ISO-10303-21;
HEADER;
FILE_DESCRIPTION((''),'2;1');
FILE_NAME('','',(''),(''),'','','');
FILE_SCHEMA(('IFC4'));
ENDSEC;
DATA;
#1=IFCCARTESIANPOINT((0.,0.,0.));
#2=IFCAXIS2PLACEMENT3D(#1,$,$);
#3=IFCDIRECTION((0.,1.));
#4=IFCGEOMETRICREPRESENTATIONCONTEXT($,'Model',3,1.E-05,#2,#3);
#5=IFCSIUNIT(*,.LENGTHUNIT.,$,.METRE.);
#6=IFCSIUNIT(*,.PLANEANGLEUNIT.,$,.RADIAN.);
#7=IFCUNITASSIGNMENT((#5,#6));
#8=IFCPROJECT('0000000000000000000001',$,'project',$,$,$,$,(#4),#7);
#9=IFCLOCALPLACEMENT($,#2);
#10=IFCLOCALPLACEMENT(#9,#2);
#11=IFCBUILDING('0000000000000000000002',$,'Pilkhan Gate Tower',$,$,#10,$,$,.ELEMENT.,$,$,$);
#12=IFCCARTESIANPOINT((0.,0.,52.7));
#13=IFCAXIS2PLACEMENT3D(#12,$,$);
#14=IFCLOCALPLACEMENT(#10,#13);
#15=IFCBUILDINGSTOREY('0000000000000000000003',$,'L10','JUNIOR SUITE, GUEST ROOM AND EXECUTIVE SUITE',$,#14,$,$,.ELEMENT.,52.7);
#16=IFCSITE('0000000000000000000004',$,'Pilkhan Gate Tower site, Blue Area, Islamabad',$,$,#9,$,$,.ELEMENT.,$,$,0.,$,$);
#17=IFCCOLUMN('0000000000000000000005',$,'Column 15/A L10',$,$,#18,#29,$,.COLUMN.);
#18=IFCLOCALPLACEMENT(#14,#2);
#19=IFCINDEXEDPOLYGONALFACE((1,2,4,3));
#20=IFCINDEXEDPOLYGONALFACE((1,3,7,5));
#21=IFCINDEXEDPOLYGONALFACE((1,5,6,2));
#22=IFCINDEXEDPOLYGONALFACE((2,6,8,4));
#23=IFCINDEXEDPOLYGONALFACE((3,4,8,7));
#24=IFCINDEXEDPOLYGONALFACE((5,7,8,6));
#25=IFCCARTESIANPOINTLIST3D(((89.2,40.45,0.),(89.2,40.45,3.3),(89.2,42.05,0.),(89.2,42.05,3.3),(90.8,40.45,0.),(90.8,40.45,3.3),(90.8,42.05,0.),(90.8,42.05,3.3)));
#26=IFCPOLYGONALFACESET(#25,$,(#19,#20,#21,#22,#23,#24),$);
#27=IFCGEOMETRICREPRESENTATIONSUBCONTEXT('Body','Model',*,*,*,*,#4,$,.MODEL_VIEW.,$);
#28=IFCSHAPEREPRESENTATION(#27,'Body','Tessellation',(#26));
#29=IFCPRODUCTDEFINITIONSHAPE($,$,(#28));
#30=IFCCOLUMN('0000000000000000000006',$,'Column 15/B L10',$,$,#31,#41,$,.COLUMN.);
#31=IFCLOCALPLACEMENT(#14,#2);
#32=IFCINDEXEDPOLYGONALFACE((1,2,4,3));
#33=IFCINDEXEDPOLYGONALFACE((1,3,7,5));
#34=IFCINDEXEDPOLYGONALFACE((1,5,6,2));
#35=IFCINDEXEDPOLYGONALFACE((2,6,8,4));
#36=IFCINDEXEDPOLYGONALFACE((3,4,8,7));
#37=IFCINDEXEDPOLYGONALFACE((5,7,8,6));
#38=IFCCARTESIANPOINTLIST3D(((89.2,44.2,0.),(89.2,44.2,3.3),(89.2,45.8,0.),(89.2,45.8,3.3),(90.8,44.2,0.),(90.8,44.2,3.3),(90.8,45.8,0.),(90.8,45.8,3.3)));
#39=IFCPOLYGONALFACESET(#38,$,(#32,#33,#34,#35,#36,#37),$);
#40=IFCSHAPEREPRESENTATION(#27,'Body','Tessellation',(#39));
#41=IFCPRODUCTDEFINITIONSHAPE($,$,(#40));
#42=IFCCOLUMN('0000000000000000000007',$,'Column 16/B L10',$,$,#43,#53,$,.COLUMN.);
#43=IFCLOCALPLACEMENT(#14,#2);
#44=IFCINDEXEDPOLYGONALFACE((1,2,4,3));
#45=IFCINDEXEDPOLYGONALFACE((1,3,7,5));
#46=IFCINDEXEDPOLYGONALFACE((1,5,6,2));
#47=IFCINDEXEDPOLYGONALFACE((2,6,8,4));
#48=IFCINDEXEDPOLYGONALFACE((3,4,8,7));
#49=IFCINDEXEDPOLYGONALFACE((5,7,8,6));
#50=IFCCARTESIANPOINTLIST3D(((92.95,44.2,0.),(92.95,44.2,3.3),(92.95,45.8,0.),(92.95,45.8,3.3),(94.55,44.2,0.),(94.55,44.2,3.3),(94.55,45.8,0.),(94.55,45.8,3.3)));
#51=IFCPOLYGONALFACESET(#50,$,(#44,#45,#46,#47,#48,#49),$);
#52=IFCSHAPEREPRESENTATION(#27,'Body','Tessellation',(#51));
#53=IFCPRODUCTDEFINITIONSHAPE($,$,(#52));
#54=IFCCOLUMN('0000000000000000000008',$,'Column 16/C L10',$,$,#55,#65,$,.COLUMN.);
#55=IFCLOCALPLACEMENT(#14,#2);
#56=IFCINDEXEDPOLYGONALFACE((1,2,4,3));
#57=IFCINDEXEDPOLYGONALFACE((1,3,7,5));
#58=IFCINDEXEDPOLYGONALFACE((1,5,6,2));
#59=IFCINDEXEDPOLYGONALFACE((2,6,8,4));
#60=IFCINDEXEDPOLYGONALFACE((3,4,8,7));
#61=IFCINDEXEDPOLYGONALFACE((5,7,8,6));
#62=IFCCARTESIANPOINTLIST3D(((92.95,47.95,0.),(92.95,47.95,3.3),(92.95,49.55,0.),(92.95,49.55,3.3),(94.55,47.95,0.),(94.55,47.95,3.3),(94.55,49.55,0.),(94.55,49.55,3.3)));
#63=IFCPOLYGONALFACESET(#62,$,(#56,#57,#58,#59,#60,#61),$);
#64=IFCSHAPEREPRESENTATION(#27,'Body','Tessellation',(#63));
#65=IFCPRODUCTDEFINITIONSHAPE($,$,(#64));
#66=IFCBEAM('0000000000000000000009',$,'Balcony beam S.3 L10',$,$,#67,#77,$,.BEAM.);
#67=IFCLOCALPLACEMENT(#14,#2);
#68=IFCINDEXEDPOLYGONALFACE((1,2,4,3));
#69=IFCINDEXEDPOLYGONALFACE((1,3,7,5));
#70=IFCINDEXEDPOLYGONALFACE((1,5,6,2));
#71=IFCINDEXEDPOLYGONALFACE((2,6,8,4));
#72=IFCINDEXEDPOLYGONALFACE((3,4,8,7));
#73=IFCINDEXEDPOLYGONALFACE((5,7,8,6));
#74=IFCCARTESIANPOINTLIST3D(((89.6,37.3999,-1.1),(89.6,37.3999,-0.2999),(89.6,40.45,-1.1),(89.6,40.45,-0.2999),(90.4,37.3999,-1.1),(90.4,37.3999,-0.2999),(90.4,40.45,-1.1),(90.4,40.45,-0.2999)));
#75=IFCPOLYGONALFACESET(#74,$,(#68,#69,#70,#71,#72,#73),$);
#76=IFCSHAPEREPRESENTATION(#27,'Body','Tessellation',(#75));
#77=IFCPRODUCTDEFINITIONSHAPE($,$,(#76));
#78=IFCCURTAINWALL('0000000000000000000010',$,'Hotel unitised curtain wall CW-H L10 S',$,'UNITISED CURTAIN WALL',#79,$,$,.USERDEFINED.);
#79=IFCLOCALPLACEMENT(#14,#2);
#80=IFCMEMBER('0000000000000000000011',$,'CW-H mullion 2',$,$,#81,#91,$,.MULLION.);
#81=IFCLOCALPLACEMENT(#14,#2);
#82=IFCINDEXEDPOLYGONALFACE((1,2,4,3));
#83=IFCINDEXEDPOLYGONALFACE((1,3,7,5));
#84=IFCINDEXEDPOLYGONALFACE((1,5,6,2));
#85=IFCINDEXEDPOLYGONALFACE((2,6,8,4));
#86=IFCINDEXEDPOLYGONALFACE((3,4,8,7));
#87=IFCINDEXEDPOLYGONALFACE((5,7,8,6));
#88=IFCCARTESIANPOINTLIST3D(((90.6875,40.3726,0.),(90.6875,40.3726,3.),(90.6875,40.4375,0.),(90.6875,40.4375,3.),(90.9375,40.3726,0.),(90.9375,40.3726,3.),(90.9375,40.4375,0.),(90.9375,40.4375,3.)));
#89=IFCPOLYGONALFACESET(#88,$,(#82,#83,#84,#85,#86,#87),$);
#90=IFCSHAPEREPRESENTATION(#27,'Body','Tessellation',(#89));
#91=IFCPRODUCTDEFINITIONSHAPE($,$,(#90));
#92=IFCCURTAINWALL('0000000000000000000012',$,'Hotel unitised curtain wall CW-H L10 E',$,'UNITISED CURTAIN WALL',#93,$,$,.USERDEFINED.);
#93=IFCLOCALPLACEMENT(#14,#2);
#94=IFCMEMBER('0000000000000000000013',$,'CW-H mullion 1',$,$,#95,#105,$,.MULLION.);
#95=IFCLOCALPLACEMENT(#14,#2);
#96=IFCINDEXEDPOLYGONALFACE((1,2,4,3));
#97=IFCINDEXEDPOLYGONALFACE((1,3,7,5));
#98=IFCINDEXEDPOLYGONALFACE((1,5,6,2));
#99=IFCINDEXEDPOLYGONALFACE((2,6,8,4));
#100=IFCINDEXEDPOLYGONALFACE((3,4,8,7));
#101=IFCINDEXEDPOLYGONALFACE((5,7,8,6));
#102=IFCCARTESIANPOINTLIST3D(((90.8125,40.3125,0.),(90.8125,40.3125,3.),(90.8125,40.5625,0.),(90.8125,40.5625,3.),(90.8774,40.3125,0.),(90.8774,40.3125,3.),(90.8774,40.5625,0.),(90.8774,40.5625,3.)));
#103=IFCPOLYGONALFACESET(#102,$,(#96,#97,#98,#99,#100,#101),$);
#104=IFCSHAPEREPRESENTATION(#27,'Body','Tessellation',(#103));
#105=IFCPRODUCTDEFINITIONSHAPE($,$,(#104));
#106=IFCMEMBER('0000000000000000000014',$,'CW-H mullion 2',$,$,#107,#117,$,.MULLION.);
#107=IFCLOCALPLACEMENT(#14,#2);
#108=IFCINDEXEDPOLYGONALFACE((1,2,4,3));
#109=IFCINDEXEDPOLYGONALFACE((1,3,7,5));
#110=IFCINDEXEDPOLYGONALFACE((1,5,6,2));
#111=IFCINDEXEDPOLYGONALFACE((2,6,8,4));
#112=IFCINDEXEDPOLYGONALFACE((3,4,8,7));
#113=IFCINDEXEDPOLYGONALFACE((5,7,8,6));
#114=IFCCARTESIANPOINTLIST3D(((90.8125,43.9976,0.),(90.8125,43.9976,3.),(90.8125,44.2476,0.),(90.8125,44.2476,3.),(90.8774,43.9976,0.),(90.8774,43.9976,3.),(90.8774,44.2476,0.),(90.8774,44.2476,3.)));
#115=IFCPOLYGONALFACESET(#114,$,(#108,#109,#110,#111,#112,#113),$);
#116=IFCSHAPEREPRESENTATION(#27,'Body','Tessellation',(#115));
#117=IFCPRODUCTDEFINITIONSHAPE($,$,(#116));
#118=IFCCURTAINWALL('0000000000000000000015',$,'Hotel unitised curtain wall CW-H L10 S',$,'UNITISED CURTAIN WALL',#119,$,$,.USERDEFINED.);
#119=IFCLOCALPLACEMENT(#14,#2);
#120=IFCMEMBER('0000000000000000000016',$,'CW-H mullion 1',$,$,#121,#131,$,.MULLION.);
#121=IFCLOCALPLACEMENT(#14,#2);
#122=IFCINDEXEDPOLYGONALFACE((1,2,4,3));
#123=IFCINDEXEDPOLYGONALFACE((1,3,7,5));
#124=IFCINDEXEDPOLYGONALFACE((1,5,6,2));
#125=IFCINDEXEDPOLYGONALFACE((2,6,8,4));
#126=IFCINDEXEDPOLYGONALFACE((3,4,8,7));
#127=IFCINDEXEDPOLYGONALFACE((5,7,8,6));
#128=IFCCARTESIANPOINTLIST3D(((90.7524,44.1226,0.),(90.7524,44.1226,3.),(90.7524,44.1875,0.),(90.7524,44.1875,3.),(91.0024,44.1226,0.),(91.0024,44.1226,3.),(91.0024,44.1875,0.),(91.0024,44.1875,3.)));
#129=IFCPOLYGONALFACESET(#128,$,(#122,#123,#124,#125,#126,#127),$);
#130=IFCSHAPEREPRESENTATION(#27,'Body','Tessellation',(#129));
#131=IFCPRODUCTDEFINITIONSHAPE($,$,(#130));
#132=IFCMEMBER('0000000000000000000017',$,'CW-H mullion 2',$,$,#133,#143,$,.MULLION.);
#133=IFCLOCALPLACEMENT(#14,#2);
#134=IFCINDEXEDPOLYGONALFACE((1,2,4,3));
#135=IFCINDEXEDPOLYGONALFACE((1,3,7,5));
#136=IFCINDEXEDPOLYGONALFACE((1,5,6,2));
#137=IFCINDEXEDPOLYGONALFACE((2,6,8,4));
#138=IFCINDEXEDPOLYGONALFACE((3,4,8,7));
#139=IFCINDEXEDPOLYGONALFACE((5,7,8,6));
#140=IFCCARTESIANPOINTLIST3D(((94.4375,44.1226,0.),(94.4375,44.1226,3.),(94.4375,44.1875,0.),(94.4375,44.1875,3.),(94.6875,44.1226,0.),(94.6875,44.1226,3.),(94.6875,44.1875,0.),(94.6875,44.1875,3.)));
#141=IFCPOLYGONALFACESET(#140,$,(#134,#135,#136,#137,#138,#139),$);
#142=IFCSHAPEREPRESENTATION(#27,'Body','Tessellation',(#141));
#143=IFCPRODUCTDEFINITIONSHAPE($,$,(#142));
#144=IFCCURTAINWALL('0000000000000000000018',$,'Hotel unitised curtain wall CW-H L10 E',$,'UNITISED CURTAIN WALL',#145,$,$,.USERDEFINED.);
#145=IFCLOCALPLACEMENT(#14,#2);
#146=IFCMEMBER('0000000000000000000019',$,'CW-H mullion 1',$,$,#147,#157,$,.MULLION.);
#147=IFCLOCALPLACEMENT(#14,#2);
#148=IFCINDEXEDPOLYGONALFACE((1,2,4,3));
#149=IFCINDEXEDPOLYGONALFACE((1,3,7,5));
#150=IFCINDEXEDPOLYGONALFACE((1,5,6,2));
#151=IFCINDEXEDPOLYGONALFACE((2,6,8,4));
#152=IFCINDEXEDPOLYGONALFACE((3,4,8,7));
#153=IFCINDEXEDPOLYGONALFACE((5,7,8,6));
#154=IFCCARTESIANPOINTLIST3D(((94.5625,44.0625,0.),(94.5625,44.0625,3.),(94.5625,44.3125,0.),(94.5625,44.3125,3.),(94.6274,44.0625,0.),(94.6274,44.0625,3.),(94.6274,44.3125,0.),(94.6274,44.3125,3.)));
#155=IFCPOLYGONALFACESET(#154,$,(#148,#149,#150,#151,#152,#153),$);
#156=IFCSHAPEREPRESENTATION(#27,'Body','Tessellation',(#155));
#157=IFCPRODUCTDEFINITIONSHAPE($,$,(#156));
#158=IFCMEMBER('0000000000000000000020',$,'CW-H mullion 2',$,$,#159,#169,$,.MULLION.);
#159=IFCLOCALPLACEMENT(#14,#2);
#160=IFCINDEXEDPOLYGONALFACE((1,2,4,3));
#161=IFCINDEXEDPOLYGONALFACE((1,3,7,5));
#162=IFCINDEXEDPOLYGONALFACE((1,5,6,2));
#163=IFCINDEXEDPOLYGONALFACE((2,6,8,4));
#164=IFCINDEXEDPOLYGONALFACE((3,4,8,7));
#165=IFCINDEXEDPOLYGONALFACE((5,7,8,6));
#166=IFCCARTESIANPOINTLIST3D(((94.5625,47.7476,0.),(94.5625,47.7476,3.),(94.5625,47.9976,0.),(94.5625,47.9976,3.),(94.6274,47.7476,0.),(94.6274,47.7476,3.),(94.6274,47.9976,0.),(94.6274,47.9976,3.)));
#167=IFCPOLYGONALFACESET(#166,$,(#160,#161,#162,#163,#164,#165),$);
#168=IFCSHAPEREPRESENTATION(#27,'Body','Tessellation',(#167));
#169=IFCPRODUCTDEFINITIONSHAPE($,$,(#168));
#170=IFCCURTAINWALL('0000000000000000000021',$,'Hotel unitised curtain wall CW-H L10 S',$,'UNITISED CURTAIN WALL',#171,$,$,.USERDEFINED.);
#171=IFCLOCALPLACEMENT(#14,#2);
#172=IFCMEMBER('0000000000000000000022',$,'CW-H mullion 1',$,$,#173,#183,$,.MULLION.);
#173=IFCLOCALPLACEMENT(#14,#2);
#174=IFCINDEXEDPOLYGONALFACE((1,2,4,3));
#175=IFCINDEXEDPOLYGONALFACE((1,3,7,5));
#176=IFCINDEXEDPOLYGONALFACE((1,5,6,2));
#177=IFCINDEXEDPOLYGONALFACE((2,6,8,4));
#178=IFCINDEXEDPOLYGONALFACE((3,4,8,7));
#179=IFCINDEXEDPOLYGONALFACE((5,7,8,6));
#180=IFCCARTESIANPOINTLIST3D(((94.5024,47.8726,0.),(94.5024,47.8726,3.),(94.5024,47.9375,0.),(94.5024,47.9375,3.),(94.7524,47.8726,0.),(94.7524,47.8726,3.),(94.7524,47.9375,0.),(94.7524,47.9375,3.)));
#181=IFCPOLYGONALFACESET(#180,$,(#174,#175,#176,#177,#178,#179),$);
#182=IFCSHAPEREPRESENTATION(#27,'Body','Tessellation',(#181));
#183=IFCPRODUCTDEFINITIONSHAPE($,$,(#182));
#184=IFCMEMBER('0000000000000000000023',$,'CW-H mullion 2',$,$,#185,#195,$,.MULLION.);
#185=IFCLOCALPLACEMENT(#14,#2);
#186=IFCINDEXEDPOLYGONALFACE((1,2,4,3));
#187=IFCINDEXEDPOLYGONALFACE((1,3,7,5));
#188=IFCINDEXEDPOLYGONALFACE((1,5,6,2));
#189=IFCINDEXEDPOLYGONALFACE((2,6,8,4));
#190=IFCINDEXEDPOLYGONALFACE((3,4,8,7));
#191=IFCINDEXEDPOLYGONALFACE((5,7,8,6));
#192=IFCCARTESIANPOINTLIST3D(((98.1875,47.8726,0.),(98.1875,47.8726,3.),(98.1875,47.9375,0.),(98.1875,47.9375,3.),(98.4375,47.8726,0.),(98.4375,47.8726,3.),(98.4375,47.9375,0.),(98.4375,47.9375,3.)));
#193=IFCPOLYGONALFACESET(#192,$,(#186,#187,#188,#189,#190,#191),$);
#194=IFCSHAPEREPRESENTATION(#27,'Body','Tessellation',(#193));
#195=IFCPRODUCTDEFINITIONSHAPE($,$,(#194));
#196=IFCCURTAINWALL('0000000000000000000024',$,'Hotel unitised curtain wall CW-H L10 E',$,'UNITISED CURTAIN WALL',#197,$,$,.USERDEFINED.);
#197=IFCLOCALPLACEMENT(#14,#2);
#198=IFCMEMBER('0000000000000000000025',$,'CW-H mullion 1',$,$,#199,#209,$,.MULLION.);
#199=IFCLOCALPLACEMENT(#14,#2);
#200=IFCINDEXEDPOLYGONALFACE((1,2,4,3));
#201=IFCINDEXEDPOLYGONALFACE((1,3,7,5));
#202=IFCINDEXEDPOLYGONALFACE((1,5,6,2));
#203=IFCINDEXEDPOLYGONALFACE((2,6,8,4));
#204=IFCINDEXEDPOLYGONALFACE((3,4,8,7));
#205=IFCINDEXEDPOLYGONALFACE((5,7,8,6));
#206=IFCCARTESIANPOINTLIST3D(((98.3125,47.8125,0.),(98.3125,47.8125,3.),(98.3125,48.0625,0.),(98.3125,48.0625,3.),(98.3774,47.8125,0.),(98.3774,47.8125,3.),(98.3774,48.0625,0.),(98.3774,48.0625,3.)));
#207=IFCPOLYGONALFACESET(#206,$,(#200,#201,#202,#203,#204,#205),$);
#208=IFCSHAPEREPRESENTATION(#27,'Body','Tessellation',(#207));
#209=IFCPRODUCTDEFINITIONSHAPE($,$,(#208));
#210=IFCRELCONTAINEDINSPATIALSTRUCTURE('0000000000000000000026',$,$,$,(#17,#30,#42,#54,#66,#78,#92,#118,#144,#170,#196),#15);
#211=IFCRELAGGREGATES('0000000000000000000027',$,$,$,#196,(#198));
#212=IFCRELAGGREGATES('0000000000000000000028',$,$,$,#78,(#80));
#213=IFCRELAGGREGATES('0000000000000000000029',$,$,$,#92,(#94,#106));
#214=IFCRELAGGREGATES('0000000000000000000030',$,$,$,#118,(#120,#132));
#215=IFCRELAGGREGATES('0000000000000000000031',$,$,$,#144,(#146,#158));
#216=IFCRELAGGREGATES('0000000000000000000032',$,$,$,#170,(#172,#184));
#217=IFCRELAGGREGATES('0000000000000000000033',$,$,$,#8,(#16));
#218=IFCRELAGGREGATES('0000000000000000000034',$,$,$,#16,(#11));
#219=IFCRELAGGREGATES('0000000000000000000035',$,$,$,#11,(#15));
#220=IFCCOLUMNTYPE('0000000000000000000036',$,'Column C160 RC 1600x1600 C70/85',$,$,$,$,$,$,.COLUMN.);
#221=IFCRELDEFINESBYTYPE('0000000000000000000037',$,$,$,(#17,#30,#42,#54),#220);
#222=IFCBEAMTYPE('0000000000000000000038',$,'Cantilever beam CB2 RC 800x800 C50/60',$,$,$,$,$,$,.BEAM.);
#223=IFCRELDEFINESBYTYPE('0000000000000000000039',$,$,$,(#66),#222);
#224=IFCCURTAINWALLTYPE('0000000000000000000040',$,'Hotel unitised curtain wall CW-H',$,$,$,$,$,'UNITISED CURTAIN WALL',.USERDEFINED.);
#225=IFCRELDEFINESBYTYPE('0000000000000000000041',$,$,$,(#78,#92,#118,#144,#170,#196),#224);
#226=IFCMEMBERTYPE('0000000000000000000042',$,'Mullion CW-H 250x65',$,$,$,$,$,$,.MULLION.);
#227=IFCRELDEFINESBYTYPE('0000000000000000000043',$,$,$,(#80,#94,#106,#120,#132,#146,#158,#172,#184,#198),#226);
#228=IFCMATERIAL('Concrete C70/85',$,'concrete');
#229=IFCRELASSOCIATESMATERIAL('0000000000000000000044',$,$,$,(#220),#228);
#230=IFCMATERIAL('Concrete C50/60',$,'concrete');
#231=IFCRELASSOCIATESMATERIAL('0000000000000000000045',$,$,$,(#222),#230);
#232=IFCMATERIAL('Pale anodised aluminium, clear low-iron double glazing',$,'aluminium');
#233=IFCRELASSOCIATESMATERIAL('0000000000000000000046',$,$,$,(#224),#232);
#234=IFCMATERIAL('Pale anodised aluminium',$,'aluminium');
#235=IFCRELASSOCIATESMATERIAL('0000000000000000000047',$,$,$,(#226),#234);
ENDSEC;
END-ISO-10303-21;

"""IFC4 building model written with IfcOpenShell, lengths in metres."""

from ifc_helpers import new_model, si_unit, direction, frame, origin, origin_2d, place, context, subcontext, project, spatial, rectangle, extrude, material, material_profile, profile_set, type_object, element, aggregate, save


model = new_model("IFC4")

# Units and contexts
model_context = context("Model", 3, precision=1e-05, world=origin(), true_north=direction((0.0, 1.0)))
body_context = subcontext(model_context, "Body", "Model", "MODEL_VIEW")
ifc_project = project(units=[si_unit("LENGTHUNIT", "METRE"), si_unit("PLANEANGLEUNIT", "RADIAN")], contexts=[model_context])

# Site, building, storey
site_placement = place(None, origin())
site = spatial("IfcSite", under=ifc_project, at=site_placement, Name="Pilkhan Gate Tower site, Blue Area, Islamabad", CompositionType="ELEMENT", RefElevation=0.0)
building_placement = place(site_placement, origin())
building = spatial("IfcBuilding", under=site, at=building_placement, Name="Pilkhan Gate Tower", CompositionType="ELEMENT")
storey_placement = place(building_placement, frame((0.0, 0.0, 52.7)))
storey = spatial("IfcBuildingStorey", under=building, at=storey_placement, Name="L10", Description="JUNIOR SUITE, GUEST ROOM AND EXECUTIVE SUITE", CompositionType="ELEMENT", Elevation=52.7)

# Columns
ifc_material_1 = material(Name="Concrete C70/85", Category="concrete")
ifc_material_profile_1 = material_profile(ifc_material_1, rectangle(XDim=1.6001, YDim=1.6001, at=origin_2d()), Name="RC 1600x1600")
ifc_profile_set_1 = profile_set([ifc_material_profile_1], Name="Concrete C70/85")
column_type = type_object("IfcColumnType", Name="Column C160 RC 1600x1600 C70/85", PredefinedType="COLUMN", material=ifc_profile_set_1)
for number, where, z_axis, x_axis, name in (
    (1, (90.0, 41.25, 0.0), (0.0, 0.0, 1.0), (1.0, 0.0, 0.0), "Column 15/A L10"),
    (2, (90.0, 45.0, 0.0), (0.0, 0.0, 1.0), (1.0, 0.0, 0.0), "Column 15/B L10"),
    (3, (93.75, 45.0, 0.0), (0.0, 0.0, 1.0), (1.0, 0.0, 0.0), "Column 16/B L10"),
    (4, (93.75, 48.75, 0.0), (0.0, 0.0, 1.0), (1.0, 0.0, 0.0), "Column 16/C L10"),
):
    element("IfcColumn", number, at=place(storey_placement, frame(where, z_axis=z_axis, x_axis=x_axis)), inside=storey, type_object=column_type, Name=name, PredefinedType="COLUMN", context=body_context, shape_type="SweptSolid", body=[
        extrude(rectangle(XDim=1.6001, YDim=1.6001, at=origin_2d()), origin(), (0.0, 0.0, 1.0), 3.3),
    ])

# Beam
ifc_material_2 = material(Name="Concrete C50/60", Category="concrete")
ifc_material_profile_2 = material_profile(ifc_material_2, rectangle(XDim=0.8, YDim=0.8, at=origin_2d()), Name="RC 800x800")
ifc_profile_set_2 = profile_set([ifc_material_profile_2], Name="Concrete C50/60")
beam_type = type_object("IfcBeamType", Name="Cantilever beam CB2 RC 800x800 C50/60", PredefinedType="BEAM", material=ifc_profile_set_2)
beam_placement = place(storey_placement, frame((90.0, 40.45, -0.7), z_axis=(0.0, -1.0, 0.0), x_axis=(1.0, 0.0, 0.0)))
element("IfcBeam", 5, at=beam_placement, inside=storey, type_object=beam_type, Name="Balcony beam S.3 L10", PredefinedType="BEAM", context=body_context, shape_type="SweptSolid", body=[
    extrude(rectangle(XDim=0.8, YDim=0.8, at=origin_2d()), origin(), (0.0, 0.0, 1.0), 3.05),
])

# Curtain wall, member
ifc_material_3 = material(Name="Pale anodised aluminium, clear low-iron double glazing", Category="aluminium")
curtain_wall_type = type_object("IfcCurtainWallType", Name="Hotel unitised curtain wall CW-H", ElementType="UNITISED CURTAIN WALL", PredefinedType="USERDEFINED", material=ifc_material_3)
curtain_wall_1_placement = place(storey_placement, origin())
curtain_wall_1 = element("IfcCurtainWall", 6, at=curtain_wall_1_placement, inside=storey, type_object=curtain_wall_type, Name="Hotel unitised curtain wall CW-H L10 S", ObjectType="UNITISED CURTAIN WALL", PredefinedType="USERDEFINED")
ifc_material_4 = material(Name="Pale anodised aluminium", Category="aluminium")
ifc_material_profile_3 = material_profile(ifc_material_4, rectangle(XDim=0.0649, YDim=0.25, at=origin_2d()), Name="Mullion 250x65")
ifc_profile_set_3 = profile_set([ifc_material_profile_3], Name="Pale anodised aluminium")
member_type_1 = type_object("IfcMemberType", Name="Mullion CW-H 250x65", PredefinedType="MULLION", material=ifc_profile_set_3)
member_1_placement = place(storey_placement, frame((90.8125, 40.405, 0.0), z_axis=(0.0, 0.0, 1.0), x_axis=(0.0, 1.0, 0.0)))
member_1 = element("IfcMember", 7, at=member_1_placement, type_object=member_type_1, Name="CW-H mullion 2", PredefinedType="MULLION", context=body_context, shape_type="SweptSolid", body=[
    extrude(rectangle(XDim=0.0649, YDim=0.25, at=origin_2d()), origin(), (0.0, 0.0, 1.0), 3.0),
])

# Curtain walls, members
curtain_wall_2_placement = place(storey_placement, origin())
curtain_wall_2 = element("IfcCurtainWall", 8, at=curtain_wall_2_placement, inside=storey, type_object=curtain_wall_type, Name="Hotel unitised curtain wall CW-H L10 E", ObjectType="UNITISED CURTAIN WALL", PredefinedType="USERDEFINED")
member_2_placement = place(storey_placement, frame((90.845, 40.4375, 0.0), z_axis=(0.0, 0.0, 1.0), x_axis=(-1.0, 0.0, 0.0)))
member_2 = element("IfcMember", 9, at=member_2_placement, type_object=member_type_1, Name="CW-H mullion 1", PredefinedType="MULLION", context=body_context, shape_type="SweptSolid", body=[
    extrude(rectangle(XDim=0.0649, YDim=0.25, at=origin_2d()), origin(), (0.0, 0.0, 1.0), 3.0),
])
member_3_placement = place(storey_placement, frame((90.845, 44.1226, 0.0), z_axis=(0.0, 0.0, 1.0), x_axis=(-1.0, 0.0, 0.0)))
member_3 = element("IfcMember", 10, at=member_3_placement, type_object=member_type_1, Name="CW-H mullion 2", PredefinedType="MULLION", context=body_context, shape_type="SweptSolid", body=[
    extrude(rectangle(XDim=0.0649, YDim=0.25, at=origin_2d()), origin(), (0.0, 0.0, 1.0), 3.0),
])
curtain_wall_3_placement = place(storey_placement, origin())
curtain_wall_3 = element("IfcCurtainWall", 11, at=curtain_wall_3_placement, inside=storey, type_object=curtain_wall_type, Name="Hotel unitised curtain wall CW-H L10 S", ObjectType="UNITISED CURTAIN WALL", PredefinedType="USERDEFINED")
member_4_placement = place(storey_placement, frame((90.8774, 44.155, 0.0), z_axis=(0.0, 0.0, 1.0), x_axis=(0.0, 1.0, 0.0)))
member_4 = element("IfcMember", 12, at=member_4_placement, type_object=member_type_1, Name="CW-H mullion 1", PredefinedType="MULLION", context=body_context, shape_type="SweptSolid", body=[
    extrude(rectangle(XDim=0.0649, YDim=0.25, at=origin_2d()), origin(), (0.0, 0.0, 1.0), 3.0),
])
member_5_placement = place(storey_placement, frame((94.5625, 44.155, 0.0), z_axis=(0.0, 0.0, 1.0), x_axis=(0.0, 1.0, 0.0)))
member_5 = element("IfcMember", 13, at=member_5_placement, type_object=member_type_1, Name="CW-H mullion 2", PredefinedType="MULLION", context=body_context, shape_type="SweptSolid", body=[
    extrude(rectangle(XDim=0.0649, YDim=0.25, at=origin_2d()), origin(), (0.0, 0.0, 1.0), 3.0),
])
curtain_wall_4_placement = place(storey_placement, origin())
curtain_wall_4 = element("IfcCurtainWall", 14, at=curtain_wall_4_placement, inside=storey, type_object=curtain_wall_type, Name="Hotel unitised curtain wall CW-H L10 E", ObjectType="UNITISED CURTAIN WALL", PredefinedType="USERDEFINED")
member_6_placement = place(storey_placement, frame((94.595, 44.1875, 0.0), z_axis=(0.0, 0.0, 1.0), x_axis=(-1.0, 0.0, 0.0)))
member_6 = element("IfcMember", 15, at=member_6_placement, type_object=member_type_1, Name="CW-H mullion 1", PredefinedType="MULLION", context=body_context, shape_type="SweptSolid", body=[
    extrude(rectangle(XDim=0.0649, YDim=0.25, at=origin_2d()), origin(), (0.0, 0.0, 1.0), 3.0),
])
member_7_placement = place(storey_placement, frame((94.595, 47.8726, 0.0), z_axis=(0.0, 0.0, 1.0), x_axis=(-1.0, 0.0, 0.0)))
member_7 = element("IfcMember", 16, at=member_7_placement, type_object=member_type_1, Name="CW-H mullion 2", PredefinedType="MULLION", context=body_context, shape_type="SweptSolid", body=[
    extrude(rectangle(XDim=0.0649, YDim=0.25, at=origin_2d()), origin(), (0.0, 0.0, 1.0), 3.0),
])
curtain_wall_5_placement = place(storey_placement, origin())
curtain_wall_5 = element("IfcCurtainWall", 17, at=curtain_wall_5_placement, inside=storey, type_object=curtain_wall_type, Name="Hotel unitised curtain wall CW-H L10 S", ObjectType="UNITISED CURTAIN WALL", PredefinedType="USERDEFINED")
member_8_placement = place(storey_placement, frame((94.6274, 47.905, 0.0), z_axis=(0.0, 0.0, 1.0), x_axis=(0.0, 1.0, 0.0)))
member_8 = element("IfcMember", 18, at=member_8_placement, type_object=member_type_1, Name="CW-H mullion 1", PredefinedType="MULLION", context=body_context, shape_type="SweptSolid", body=[
    extrude(rectangle(XDim=0.0649, YDim=0.25, at=origin_2d()), origin(), (0.0, 0.0, 1.0), 3.0),
])
member_9_placement = place(storey_placement, frame((98.3125, 47.905, 0.0), z_axis=(0.0, 0.0, 1.0), x_axis=(0.0, 1.0, 0.0)))
member_9 = element("IfcMember", 19, at=member_9_placement, type_object=member_type_1, Name="CW-H mullion 2", PredefinedType="MULLION", context=body_context, shape_type="SweptSolid", body=[
    extrude(rectangle(XDim=0.0649, YDim=0.25, at=origin_2d()), origin(), (0.0, 0.0, 1.0), 3.0),
])

# Curtain wall, member
curtain_wall_6_placement = place(storey_placement, origin())
curtain_wall_6 = element("IfcCurtainWall", 20, at=curtain_wall_6_placement, inside=storey, type_object=curtain_wall_type, Name="Hotel unitised curtain wall CW-H L10 E", ObjectType="UNITISED CURTAIN WALL", PredefinedType="USERDEFINED")
member_10_placement = place(storey_placement, frame((98.345, 47.9375, 0.0), z_axis=(0.0, 0.0, 1.0), x_axis=(-1.0, 0.0, 0.0)))
member_10 = element("IfcMember", 21, at=member_10_placement, type_object=member_type_1, Name="CW-H mullion 1", PredefinedType="MULLION", context=body_context, shape_type="SweptSolid", body=[
    extrude(rectangle(XDim=0.0649, YDim=0.25, at=origin_2d()), origin(), (0.0, 0.0, 1.0), 3.0),
])

aggregate(curtain_wall_6, [member_10])

aggregate(curtain_wall_1, [member_1])
aggregate(curtain_wall_2, [member_2, member_3])
aggregate(curtain_wall_3, [member_4, member_5])
aggregate(curtain_wall_4, [member_6, member_7])
aggregate(curtain_wall_5, [member_8, member_9])

save(model, "model.ifc")
